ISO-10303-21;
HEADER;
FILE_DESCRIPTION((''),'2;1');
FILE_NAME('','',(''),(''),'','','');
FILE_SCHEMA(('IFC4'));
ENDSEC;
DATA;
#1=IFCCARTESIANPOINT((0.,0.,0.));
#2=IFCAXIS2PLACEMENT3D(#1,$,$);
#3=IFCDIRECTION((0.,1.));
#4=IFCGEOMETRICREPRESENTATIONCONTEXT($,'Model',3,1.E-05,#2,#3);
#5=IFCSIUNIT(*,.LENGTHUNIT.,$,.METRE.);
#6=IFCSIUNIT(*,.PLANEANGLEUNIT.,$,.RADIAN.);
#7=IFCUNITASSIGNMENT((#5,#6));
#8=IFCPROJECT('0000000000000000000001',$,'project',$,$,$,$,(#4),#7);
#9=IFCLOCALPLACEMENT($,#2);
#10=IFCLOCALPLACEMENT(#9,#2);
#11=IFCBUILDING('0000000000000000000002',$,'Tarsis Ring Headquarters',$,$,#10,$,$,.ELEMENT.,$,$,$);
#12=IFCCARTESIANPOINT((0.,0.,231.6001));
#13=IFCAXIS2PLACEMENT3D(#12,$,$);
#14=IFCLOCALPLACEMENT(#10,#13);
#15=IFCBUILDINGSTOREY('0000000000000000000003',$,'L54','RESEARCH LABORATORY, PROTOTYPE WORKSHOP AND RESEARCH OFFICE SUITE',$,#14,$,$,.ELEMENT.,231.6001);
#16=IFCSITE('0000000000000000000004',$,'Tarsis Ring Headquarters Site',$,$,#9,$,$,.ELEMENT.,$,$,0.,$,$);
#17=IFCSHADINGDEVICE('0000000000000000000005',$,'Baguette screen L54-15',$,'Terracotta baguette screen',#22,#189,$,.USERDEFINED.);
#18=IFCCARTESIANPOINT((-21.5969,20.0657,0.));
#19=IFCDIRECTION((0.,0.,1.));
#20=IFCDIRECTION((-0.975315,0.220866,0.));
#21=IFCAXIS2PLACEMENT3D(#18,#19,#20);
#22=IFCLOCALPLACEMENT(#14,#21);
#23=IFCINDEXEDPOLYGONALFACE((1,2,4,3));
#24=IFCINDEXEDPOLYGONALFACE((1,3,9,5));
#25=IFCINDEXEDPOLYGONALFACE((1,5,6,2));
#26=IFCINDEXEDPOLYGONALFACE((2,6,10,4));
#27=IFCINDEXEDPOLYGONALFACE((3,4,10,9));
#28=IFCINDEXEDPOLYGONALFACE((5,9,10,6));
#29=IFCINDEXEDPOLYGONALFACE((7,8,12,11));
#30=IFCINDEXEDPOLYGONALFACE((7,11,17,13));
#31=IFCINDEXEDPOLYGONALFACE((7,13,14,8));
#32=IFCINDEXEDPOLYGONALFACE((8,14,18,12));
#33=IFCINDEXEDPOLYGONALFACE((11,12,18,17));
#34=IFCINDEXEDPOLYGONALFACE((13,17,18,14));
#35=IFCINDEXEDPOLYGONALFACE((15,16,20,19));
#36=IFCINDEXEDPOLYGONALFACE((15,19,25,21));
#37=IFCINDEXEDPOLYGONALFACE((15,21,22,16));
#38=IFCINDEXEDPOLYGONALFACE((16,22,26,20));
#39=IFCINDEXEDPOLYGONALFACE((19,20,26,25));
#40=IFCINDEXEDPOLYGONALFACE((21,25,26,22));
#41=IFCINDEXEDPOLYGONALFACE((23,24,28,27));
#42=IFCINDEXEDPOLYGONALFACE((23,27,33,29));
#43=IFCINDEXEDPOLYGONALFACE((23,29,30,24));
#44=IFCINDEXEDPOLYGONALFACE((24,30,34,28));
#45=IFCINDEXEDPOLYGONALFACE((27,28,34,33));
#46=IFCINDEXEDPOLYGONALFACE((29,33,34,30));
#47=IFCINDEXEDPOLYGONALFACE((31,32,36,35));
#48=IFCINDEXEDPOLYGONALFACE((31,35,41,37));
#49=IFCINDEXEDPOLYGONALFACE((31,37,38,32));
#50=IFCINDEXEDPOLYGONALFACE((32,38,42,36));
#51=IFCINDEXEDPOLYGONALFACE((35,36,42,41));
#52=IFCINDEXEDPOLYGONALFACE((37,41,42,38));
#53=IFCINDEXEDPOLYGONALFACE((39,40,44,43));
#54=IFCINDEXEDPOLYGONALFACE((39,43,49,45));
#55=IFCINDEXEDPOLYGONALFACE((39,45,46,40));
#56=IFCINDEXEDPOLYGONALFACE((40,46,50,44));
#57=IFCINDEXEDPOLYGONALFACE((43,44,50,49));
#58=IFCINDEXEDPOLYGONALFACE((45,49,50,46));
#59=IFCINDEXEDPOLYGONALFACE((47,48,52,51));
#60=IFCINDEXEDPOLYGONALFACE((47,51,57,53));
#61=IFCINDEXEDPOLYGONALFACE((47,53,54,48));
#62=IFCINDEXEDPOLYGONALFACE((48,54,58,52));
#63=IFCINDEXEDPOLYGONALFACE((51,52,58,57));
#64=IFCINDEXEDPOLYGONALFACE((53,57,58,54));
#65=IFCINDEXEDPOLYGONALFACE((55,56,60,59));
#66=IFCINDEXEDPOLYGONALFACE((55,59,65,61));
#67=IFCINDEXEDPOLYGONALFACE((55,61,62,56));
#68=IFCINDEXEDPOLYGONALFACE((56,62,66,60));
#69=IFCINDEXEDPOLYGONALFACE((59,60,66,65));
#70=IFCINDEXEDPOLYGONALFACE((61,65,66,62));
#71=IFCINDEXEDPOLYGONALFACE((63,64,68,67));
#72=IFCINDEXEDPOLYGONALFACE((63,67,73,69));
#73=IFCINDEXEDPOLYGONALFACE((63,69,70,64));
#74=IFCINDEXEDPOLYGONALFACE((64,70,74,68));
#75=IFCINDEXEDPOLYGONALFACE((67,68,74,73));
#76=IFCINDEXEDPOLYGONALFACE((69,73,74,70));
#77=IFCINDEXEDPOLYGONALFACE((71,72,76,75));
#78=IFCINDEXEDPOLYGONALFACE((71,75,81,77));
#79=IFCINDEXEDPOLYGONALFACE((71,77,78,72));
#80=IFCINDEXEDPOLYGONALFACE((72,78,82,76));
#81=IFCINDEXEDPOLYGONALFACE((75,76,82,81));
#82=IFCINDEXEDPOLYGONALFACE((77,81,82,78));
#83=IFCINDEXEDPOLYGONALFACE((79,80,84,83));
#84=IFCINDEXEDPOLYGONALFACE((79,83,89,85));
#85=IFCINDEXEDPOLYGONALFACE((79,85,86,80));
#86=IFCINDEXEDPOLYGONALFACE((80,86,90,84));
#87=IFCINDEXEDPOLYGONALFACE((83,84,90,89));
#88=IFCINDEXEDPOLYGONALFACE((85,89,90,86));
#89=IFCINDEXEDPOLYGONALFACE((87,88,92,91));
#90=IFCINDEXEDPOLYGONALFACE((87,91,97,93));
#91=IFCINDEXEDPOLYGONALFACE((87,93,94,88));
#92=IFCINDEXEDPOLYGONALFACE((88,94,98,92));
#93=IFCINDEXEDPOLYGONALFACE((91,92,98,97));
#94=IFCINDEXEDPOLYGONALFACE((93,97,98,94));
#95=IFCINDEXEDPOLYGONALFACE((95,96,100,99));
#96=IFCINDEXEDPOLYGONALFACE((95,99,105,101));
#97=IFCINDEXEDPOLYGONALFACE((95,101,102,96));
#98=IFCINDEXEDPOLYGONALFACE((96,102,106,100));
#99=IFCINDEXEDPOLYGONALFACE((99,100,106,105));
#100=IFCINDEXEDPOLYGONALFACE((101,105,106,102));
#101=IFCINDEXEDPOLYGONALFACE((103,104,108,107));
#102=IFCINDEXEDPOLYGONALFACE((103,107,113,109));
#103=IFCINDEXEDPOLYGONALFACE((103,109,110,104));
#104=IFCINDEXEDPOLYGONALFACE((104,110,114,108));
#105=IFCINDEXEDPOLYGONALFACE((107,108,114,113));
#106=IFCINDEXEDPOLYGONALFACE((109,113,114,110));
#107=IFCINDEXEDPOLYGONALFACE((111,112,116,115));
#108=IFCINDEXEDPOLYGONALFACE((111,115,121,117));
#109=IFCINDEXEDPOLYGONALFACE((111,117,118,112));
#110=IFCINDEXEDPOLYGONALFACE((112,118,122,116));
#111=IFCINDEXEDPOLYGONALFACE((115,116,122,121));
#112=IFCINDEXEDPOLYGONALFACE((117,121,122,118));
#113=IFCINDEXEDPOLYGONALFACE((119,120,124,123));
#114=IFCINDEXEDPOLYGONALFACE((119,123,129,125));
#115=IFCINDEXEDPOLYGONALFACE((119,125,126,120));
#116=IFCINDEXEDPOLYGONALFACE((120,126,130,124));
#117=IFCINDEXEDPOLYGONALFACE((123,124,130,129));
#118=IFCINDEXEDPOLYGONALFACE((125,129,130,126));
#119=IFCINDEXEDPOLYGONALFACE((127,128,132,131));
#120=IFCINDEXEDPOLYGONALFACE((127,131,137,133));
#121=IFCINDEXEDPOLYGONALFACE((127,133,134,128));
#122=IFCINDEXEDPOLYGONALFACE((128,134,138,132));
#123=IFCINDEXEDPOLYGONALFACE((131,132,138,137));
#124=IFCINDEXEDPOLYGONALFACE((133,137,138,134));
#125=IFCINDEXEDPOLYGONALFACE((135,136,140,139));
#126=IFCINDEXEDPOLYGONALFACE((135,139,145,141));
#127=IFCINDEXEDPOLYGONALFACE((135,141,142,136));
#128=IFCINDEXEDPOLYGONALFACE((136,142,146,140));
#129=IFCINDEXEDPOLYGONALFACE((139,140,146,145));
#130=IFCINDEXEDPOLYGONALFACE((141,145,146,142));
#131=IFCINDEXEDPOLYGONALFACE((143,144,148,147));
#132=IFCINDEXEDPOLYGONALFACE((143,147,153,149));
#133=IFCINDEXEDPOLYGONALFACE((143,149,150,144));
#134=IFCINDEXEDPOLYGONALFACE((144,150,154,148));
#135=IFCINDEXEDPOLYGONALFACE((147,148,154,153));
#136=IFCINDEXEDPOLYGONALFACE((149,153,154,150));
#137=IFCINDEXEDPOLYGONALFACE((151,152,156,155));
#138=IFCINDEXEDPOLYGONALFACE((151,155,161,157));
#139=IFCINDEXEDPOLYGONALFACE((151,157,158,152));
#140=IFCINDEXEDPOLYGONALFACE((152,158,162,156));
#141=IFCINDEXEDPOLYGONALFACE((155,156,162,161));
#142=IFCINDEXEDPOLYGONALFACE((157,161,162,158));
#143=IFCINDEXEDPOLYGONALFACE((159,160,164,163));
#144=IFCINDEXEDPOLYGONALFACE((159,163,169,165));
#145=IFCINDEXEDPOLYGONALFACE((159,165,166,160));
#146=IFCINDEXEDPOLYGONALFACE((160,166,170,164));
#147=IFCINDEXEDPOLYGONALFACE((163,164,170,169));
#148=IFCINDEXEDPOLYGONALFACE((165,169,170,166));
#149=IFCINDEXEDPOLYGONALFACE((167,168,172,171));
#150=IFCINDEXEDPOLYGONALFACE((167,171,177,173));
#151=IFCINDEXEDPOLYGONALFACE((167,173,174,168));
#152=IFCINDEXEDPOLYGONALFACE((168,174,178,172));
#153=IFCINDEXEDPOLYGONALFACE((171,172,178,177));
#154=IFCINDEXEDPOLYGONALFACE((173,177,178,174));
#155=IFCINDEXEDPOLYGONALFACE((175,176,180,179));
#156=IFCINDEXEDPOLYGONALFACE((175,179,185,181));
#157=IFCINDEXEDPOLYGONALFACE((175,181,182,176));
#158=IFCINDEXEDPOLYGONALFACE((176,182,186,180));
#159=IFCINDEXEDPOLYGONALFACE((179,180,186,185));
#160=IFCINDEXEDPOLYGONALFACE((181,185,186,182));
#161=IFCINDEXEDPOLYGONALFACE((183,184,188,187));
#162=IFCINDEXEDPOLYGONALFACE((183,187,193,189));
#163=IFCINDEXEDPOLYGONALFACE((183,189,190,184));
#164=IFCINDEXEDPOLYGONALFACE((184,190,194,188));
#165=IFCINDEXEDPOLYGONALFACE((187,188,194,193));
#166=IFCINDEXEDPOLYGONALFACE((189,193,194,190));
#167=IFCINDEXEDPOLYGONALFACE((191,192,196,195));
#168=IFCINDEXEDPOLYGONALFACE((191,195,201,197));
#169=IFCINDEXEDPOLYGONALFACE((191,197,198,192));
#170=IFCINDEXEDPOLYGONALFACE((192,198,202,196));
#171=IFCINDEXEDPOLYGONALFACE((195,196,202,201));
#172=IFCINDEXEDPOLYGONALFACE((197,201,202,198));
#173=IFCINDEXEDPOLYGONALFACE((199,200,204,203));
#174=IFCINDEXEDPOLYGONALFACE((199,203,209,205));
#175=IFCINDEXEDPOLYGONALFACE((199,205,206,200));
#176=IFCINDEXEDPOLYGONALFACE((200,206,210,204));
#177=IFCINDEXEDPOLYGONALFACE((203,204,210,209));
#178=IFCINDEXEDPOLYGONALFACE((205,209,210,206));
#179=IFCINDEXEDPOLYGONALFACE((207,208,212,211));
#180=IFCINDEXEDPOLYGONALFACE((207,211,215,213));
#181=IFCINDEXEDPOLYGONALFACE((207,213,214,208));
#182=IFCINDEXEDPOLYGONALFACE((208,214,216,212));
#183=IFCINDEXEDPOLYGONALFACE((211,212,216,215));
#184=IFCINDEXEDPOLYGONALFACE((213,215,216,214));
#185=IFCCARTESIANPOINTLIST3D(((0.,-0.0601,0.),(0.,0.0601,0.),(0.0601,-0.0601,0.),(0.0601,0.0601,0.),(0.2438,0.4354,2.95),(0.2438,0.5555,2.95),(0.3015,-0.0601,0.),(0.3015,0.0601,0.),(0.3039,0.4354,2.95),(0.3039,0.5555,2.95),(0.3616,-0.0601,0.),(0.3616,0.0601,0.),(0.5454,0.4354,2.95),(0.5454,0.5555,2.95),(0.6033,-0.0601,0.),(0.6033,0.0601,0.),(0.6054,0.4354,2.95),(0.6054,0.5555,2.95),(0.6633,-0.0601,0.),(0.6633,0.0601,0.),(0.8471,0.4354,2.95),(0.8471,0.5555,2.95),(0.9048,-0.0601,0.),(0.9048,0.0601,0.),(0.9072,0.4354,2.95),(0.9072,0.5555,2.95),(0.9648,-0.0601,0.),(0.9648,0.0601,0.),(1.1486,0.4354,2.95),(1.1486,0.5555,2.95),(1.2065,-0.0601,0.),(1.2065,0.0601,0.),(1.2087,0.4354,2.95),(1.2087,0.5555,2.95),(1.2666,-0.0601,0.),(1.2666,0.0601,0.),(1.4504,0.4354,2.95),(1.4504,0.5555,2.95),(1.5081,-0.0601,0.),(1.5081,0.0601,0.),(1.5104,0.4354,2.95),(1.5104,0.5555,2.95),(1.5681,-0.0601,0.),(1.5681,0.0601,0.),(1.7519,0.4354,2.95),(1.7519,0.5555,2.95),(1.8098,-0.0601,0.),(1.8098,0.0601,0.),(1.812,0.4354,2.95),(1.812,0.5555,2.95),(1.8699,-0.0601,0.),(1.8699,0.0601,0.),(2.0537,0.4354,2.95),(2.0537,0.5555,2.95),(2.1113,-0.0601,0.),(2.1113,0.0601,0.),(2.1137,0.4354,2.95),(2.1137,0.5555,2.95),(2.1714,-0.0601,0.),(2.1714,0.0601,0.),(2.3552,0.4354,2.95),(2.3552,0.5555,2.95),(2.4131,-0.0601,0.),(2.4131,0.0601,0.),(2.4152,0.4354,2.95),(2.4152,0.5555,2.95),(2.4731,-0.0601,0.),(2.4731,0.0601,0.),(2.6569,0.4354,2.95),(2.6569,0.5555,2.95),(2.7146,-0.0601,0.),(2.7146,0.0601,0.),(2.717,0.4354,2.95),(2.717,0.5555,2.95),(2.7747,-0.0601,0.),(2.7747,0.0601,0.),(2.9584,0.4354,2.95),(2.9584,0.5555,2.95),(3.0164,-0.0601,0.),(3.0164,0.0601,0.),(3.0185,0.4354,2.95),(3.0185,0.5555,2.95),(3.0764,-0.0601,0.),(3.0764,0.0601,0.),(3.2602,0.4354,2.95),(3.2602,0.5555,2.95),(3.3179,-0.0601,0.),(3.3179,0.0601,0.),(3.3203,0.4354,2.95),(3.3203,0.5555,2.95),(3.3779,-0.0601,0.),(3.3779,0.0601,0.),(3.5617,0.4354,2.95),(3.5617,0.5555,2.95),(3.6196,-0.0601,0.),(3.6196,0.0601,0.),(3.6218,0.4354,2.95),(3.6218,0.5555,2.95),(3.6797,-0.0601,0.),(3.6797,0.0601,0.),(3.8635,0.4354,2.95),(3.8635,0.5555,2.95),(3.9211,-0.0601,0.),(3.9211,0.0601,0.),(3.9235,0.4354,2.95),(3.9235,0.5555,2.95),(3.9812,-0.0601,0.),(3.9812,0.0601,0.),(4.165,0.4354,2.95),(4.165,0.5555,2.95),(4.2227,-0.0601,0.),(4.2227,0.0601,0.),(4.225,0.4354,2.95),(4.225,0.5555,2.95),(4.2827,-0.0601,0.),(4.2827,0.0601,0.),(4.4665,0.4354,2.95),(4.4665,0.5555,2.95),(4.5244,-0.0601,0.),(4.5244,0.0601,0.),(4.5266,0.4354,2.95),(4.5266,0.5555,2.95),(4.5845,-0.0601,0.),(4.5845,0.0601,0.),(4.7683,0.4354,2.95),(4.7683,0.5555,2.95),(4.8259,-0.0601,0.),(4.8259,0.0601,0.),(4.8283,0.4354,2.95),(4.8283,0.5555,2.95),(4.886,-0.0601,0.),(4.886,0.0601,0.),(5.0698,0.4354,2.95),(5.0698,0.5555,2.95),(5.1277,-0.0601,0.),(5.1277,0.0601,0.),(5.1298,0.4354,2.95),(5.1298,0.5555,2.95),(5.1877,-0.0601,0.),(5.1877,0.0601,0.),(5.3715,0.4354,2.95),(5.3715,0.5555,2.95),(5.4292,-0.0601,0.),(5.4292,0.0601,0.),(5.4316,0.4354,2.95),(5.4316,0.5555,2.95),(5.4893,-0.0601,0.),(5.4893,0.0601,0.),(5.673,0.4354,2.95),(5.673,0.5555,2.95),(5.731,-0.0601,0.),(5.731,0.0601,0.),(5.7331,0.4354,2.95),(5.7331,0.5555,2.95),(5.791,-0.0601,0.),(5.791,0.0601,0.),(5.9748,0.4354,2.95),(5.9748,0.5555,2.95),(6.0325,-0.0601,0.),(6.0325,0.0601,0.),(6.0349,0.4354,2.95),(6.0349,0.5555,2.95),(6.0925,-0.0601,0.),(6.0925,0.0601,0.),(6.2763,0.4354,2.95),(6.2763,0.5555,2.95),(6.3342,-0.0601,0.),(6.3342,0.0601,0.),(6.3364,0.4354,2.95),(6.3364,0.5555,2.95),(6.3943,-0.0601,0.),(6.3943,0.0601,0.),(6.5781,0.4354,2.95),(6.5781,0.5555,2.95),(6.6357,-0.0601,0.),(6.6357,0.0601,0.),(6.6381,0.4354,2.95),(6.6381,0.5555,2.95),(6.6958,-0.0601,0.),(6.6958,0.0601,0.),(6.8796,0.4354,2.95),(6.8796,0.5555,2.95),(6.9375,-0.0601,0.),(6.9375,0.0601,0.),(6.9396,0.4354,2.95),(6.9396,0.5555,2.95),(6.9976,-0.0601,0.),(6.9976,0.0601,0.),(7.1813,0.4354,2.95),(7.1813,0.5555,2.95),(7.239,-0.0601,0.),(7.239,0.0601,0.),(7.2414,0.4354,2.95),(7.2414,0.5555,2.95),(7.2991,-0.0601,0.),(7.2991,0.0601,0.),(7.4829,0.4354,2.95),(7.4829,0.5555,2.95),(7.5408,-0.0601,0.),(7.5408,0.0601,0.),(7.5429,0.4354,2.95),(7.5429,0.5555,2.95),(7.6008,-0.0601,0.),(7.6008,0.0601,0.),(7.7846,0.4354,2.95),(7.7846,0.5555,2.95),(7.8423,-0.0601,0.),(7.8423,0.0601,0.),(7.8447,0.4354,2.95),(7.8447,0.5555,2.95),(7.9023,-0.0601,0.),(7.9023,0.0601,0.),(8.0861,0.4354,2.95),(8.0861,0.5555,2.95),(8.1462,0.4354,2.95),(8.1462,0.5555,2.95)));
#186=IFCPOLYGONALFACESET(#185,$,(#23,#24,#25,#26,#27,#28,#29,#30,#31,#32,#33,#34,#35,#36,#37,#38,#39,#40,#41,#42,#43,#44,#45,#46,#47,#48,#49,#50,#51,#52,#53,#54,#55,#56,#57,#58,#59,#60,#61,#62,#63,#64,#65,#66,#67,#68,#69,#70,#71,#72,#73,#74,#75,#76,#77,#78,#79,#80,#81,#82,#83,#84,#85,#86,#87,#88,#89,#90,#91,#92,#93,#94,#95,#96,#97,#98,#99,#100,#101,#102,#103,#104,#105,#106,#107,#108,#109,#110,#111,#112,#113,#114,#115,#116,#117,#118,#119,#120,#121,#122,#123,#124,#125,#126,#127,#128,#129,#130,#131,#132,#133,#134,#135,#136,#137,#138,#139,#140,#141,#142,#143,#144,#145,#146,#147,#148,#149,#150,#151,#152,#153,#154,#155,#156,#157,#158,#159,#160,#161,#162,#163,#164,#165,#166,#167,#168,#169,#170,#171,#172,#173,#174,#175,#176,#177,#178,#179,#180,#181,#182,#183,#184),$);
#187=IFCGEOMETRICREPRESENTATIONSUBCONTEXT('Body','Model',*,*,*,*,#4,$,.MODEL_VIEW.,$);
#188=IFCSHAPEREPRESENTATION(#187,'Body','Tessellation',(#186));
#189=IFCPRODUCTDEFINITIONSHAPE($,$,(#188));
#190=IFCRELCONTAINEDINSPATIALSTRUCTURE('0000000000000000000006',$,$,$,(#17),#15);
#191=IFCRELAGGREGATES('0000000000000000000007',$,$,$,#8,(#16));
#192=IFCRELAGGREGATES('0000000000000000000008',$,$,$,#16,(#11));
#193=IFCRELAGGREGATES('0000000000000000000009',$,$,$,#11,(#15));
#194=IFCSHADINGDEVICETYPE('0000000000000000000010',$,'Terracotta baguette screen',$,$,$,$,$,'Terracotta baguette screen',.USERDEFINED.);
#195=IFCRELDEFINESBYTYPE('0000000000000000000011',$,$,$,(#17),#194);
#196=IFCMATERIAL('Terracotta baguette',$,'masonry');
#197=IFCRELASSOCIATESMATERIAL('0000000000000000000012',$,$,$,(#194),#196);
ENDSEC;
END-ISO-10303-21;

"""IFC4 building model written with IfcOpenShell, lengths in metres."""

from ifc_helpers import new_model, si_unit, direction, frame, frame_2d, origin, place, context, subcontext, project, spatial, rectangle, composite_profile, extrude, material, type_object, element, save


model = new_model("IFC4")

# Units and contexts
model_context = context("Model", 3, precision=1e-05, world=origin(), true_north=direction((0.0, 1.0)))
body_context = subcontext(model_context, "Body", "Model", "MODEL_VIEW")
ifc_project = project(units=[si_unit("LENGTHUNIT", "METRE"), si_unit("PLANEANGLEUNIT", "RADIAN")], contexts=[model_context])

# Site, building, storey
site_placement = place(None, origin())
site = spatial("IfcSite", under=ifc_project, at=site_placement, Name="Tarsis Ring Headquarters Site", CompositionType="ELEMENT", RefElevation=0.0)
building_placement = place(site_placement, origin())
building = spatial("IfcBuilding", under=site, at=building_placement, Name="Tarsis Ring Headquarters", CompositionType="ELEMENT")
storey_placement = place(building_placement, frame((0.0, 0.0, 231.6001)))
storey = spatial("IfcBuildingStorey", under=building, at=storey_placement, Name="L54", Description="RESEARCH LABORATORY, PROTOTYPE WORKSHOP AND RESEARCH OFFICE SUITE", CompositionType="ELEMENT", Elevation=231.6001)

# Shading device
ifc_material_1 = material(Name="Terracotta baguette", Category="masonry")
shading_device_type_1 = type_object("IfcShadingDeviceType", Name="Terracotta baguette screen", ElementType="Terracotta baguette screen", PredefinedType="USERDEFINED", material=ifc_material_1)
shading_device_1_placement = place(storey_placement, frame((-21.5969, 20.0657, 0.0), z_axis=(0.0, 0.0, 1.0), x_axis=(-0.975315, 0.220866, 0.0)))
element("IfcShadingDevice", 1, at=shading_device_1_placement, inside=storey, type_object=shading_device_type_1, Name="Baguette screen L54-15", ObjectType="Terracotta baguette screen", PredefinedType="USERDEFINED", context=body_context, shape_type="SweptSolid", body=[
    extrude(composite_profile([rectangle(XDim=0.0601, YDim=0.1201, at=frame_2d((0.03, 0.0))), rectangle(XDim=0.0601, YDim=0.1201, at=frame_2d((0.3315, 0.0))), rectangle(XDim=0.0601, YDim=0.1201, at=frame_2d((0.6333, 0.0))), rectangle(XDim=0.0601, YDim=0.1201, at=frame_2d((0.9348, 0.0))), rectangle(XDim=0.0601, YDim=0.1201, at=frame_2d((1.2366, 0.0))), rectangle(XDim=0.0601, YDim=0.1201, at=frame_2d((1.5381, 0.0))), rectangle(XDim=0.0601, YDim=0.1201, at=frame_2d((1.8398, 0.0))), rectangle(XDim=0.0601, YDim=0.1201, at=frame_2d((2.1414, 0.0))), rectangle(XDim=0.0601, YDim=0.1201, at=frame_2d((2.4431, 0.0))), rectangle(XDim=0.0601, YDim=0.1201, at=frame_2d((2.7446, 0.0))), rectangle(XDim=0.0601, YDim=0.1201, at=frame_2d((3.0464, 0.0))), rectangle(XDim=0.0601, YDim=0.1201, at=frame_2d((3.3479, 0.0))), rectangle(XDim=0.0601, YDim=0.1201, at=frame_2d((3.6497, 0.0))), rectangle(XDim=0.0601, YDim=0.1201, at=frame_2d((3.9512, 0.0))), rectangle(XDim=0.0601, YDim=0.1201, at=frame_2d((4.2527, 0.0))), rectangle(XDim=0.0601, YDim=0.1201, at=frame_2d((4.5544, 0.0))), rectangle(XDim=0.0601, YDim=0.1201, at=frame_2d((4.856, 0.0))), rectangle(XDim=0.0601, YDim=0.1201, at=frame_2d((5.1577, 0.0))), rectangle(XDim=0.0601, YDim=0.1201, at=frame_2d((5.4592, 0.0))), rectangle(XDim=0.0601, YDim=0.1201, at=frame_2d((5.761, 0.0))), rectangle(XDim=0.0601, YDim=0.1201, at=frame_2d((6.0625, 0.0))), rectangle(XDim=0.0601, YDim=0.1201, at=frame_2d((6.3643, 0.0))), rectangle(XDim=0.0601, YDim=0.1201, at=frame_2d((6.6658, 0.0))), rectangle(XDim=0.0601, YDim=0.1201, at=frame_2d((6.9675, 0.0))), rectangle(XDim=0.0601, YDim=0.1201, at=frame_2d((7.269, 0.0))), rectangle(XDim=0.0601, YDim=0.1201, at=frame_2d((7.5708, 0.0))), rectangle(XDim=0.0601, YDim=0.1201, at=frame_2d((7.8723, 0.0)))]), origin(), (0.081246, 0.165082, 0.982928), 3.0012),
])

save(model, "model.ifc")
